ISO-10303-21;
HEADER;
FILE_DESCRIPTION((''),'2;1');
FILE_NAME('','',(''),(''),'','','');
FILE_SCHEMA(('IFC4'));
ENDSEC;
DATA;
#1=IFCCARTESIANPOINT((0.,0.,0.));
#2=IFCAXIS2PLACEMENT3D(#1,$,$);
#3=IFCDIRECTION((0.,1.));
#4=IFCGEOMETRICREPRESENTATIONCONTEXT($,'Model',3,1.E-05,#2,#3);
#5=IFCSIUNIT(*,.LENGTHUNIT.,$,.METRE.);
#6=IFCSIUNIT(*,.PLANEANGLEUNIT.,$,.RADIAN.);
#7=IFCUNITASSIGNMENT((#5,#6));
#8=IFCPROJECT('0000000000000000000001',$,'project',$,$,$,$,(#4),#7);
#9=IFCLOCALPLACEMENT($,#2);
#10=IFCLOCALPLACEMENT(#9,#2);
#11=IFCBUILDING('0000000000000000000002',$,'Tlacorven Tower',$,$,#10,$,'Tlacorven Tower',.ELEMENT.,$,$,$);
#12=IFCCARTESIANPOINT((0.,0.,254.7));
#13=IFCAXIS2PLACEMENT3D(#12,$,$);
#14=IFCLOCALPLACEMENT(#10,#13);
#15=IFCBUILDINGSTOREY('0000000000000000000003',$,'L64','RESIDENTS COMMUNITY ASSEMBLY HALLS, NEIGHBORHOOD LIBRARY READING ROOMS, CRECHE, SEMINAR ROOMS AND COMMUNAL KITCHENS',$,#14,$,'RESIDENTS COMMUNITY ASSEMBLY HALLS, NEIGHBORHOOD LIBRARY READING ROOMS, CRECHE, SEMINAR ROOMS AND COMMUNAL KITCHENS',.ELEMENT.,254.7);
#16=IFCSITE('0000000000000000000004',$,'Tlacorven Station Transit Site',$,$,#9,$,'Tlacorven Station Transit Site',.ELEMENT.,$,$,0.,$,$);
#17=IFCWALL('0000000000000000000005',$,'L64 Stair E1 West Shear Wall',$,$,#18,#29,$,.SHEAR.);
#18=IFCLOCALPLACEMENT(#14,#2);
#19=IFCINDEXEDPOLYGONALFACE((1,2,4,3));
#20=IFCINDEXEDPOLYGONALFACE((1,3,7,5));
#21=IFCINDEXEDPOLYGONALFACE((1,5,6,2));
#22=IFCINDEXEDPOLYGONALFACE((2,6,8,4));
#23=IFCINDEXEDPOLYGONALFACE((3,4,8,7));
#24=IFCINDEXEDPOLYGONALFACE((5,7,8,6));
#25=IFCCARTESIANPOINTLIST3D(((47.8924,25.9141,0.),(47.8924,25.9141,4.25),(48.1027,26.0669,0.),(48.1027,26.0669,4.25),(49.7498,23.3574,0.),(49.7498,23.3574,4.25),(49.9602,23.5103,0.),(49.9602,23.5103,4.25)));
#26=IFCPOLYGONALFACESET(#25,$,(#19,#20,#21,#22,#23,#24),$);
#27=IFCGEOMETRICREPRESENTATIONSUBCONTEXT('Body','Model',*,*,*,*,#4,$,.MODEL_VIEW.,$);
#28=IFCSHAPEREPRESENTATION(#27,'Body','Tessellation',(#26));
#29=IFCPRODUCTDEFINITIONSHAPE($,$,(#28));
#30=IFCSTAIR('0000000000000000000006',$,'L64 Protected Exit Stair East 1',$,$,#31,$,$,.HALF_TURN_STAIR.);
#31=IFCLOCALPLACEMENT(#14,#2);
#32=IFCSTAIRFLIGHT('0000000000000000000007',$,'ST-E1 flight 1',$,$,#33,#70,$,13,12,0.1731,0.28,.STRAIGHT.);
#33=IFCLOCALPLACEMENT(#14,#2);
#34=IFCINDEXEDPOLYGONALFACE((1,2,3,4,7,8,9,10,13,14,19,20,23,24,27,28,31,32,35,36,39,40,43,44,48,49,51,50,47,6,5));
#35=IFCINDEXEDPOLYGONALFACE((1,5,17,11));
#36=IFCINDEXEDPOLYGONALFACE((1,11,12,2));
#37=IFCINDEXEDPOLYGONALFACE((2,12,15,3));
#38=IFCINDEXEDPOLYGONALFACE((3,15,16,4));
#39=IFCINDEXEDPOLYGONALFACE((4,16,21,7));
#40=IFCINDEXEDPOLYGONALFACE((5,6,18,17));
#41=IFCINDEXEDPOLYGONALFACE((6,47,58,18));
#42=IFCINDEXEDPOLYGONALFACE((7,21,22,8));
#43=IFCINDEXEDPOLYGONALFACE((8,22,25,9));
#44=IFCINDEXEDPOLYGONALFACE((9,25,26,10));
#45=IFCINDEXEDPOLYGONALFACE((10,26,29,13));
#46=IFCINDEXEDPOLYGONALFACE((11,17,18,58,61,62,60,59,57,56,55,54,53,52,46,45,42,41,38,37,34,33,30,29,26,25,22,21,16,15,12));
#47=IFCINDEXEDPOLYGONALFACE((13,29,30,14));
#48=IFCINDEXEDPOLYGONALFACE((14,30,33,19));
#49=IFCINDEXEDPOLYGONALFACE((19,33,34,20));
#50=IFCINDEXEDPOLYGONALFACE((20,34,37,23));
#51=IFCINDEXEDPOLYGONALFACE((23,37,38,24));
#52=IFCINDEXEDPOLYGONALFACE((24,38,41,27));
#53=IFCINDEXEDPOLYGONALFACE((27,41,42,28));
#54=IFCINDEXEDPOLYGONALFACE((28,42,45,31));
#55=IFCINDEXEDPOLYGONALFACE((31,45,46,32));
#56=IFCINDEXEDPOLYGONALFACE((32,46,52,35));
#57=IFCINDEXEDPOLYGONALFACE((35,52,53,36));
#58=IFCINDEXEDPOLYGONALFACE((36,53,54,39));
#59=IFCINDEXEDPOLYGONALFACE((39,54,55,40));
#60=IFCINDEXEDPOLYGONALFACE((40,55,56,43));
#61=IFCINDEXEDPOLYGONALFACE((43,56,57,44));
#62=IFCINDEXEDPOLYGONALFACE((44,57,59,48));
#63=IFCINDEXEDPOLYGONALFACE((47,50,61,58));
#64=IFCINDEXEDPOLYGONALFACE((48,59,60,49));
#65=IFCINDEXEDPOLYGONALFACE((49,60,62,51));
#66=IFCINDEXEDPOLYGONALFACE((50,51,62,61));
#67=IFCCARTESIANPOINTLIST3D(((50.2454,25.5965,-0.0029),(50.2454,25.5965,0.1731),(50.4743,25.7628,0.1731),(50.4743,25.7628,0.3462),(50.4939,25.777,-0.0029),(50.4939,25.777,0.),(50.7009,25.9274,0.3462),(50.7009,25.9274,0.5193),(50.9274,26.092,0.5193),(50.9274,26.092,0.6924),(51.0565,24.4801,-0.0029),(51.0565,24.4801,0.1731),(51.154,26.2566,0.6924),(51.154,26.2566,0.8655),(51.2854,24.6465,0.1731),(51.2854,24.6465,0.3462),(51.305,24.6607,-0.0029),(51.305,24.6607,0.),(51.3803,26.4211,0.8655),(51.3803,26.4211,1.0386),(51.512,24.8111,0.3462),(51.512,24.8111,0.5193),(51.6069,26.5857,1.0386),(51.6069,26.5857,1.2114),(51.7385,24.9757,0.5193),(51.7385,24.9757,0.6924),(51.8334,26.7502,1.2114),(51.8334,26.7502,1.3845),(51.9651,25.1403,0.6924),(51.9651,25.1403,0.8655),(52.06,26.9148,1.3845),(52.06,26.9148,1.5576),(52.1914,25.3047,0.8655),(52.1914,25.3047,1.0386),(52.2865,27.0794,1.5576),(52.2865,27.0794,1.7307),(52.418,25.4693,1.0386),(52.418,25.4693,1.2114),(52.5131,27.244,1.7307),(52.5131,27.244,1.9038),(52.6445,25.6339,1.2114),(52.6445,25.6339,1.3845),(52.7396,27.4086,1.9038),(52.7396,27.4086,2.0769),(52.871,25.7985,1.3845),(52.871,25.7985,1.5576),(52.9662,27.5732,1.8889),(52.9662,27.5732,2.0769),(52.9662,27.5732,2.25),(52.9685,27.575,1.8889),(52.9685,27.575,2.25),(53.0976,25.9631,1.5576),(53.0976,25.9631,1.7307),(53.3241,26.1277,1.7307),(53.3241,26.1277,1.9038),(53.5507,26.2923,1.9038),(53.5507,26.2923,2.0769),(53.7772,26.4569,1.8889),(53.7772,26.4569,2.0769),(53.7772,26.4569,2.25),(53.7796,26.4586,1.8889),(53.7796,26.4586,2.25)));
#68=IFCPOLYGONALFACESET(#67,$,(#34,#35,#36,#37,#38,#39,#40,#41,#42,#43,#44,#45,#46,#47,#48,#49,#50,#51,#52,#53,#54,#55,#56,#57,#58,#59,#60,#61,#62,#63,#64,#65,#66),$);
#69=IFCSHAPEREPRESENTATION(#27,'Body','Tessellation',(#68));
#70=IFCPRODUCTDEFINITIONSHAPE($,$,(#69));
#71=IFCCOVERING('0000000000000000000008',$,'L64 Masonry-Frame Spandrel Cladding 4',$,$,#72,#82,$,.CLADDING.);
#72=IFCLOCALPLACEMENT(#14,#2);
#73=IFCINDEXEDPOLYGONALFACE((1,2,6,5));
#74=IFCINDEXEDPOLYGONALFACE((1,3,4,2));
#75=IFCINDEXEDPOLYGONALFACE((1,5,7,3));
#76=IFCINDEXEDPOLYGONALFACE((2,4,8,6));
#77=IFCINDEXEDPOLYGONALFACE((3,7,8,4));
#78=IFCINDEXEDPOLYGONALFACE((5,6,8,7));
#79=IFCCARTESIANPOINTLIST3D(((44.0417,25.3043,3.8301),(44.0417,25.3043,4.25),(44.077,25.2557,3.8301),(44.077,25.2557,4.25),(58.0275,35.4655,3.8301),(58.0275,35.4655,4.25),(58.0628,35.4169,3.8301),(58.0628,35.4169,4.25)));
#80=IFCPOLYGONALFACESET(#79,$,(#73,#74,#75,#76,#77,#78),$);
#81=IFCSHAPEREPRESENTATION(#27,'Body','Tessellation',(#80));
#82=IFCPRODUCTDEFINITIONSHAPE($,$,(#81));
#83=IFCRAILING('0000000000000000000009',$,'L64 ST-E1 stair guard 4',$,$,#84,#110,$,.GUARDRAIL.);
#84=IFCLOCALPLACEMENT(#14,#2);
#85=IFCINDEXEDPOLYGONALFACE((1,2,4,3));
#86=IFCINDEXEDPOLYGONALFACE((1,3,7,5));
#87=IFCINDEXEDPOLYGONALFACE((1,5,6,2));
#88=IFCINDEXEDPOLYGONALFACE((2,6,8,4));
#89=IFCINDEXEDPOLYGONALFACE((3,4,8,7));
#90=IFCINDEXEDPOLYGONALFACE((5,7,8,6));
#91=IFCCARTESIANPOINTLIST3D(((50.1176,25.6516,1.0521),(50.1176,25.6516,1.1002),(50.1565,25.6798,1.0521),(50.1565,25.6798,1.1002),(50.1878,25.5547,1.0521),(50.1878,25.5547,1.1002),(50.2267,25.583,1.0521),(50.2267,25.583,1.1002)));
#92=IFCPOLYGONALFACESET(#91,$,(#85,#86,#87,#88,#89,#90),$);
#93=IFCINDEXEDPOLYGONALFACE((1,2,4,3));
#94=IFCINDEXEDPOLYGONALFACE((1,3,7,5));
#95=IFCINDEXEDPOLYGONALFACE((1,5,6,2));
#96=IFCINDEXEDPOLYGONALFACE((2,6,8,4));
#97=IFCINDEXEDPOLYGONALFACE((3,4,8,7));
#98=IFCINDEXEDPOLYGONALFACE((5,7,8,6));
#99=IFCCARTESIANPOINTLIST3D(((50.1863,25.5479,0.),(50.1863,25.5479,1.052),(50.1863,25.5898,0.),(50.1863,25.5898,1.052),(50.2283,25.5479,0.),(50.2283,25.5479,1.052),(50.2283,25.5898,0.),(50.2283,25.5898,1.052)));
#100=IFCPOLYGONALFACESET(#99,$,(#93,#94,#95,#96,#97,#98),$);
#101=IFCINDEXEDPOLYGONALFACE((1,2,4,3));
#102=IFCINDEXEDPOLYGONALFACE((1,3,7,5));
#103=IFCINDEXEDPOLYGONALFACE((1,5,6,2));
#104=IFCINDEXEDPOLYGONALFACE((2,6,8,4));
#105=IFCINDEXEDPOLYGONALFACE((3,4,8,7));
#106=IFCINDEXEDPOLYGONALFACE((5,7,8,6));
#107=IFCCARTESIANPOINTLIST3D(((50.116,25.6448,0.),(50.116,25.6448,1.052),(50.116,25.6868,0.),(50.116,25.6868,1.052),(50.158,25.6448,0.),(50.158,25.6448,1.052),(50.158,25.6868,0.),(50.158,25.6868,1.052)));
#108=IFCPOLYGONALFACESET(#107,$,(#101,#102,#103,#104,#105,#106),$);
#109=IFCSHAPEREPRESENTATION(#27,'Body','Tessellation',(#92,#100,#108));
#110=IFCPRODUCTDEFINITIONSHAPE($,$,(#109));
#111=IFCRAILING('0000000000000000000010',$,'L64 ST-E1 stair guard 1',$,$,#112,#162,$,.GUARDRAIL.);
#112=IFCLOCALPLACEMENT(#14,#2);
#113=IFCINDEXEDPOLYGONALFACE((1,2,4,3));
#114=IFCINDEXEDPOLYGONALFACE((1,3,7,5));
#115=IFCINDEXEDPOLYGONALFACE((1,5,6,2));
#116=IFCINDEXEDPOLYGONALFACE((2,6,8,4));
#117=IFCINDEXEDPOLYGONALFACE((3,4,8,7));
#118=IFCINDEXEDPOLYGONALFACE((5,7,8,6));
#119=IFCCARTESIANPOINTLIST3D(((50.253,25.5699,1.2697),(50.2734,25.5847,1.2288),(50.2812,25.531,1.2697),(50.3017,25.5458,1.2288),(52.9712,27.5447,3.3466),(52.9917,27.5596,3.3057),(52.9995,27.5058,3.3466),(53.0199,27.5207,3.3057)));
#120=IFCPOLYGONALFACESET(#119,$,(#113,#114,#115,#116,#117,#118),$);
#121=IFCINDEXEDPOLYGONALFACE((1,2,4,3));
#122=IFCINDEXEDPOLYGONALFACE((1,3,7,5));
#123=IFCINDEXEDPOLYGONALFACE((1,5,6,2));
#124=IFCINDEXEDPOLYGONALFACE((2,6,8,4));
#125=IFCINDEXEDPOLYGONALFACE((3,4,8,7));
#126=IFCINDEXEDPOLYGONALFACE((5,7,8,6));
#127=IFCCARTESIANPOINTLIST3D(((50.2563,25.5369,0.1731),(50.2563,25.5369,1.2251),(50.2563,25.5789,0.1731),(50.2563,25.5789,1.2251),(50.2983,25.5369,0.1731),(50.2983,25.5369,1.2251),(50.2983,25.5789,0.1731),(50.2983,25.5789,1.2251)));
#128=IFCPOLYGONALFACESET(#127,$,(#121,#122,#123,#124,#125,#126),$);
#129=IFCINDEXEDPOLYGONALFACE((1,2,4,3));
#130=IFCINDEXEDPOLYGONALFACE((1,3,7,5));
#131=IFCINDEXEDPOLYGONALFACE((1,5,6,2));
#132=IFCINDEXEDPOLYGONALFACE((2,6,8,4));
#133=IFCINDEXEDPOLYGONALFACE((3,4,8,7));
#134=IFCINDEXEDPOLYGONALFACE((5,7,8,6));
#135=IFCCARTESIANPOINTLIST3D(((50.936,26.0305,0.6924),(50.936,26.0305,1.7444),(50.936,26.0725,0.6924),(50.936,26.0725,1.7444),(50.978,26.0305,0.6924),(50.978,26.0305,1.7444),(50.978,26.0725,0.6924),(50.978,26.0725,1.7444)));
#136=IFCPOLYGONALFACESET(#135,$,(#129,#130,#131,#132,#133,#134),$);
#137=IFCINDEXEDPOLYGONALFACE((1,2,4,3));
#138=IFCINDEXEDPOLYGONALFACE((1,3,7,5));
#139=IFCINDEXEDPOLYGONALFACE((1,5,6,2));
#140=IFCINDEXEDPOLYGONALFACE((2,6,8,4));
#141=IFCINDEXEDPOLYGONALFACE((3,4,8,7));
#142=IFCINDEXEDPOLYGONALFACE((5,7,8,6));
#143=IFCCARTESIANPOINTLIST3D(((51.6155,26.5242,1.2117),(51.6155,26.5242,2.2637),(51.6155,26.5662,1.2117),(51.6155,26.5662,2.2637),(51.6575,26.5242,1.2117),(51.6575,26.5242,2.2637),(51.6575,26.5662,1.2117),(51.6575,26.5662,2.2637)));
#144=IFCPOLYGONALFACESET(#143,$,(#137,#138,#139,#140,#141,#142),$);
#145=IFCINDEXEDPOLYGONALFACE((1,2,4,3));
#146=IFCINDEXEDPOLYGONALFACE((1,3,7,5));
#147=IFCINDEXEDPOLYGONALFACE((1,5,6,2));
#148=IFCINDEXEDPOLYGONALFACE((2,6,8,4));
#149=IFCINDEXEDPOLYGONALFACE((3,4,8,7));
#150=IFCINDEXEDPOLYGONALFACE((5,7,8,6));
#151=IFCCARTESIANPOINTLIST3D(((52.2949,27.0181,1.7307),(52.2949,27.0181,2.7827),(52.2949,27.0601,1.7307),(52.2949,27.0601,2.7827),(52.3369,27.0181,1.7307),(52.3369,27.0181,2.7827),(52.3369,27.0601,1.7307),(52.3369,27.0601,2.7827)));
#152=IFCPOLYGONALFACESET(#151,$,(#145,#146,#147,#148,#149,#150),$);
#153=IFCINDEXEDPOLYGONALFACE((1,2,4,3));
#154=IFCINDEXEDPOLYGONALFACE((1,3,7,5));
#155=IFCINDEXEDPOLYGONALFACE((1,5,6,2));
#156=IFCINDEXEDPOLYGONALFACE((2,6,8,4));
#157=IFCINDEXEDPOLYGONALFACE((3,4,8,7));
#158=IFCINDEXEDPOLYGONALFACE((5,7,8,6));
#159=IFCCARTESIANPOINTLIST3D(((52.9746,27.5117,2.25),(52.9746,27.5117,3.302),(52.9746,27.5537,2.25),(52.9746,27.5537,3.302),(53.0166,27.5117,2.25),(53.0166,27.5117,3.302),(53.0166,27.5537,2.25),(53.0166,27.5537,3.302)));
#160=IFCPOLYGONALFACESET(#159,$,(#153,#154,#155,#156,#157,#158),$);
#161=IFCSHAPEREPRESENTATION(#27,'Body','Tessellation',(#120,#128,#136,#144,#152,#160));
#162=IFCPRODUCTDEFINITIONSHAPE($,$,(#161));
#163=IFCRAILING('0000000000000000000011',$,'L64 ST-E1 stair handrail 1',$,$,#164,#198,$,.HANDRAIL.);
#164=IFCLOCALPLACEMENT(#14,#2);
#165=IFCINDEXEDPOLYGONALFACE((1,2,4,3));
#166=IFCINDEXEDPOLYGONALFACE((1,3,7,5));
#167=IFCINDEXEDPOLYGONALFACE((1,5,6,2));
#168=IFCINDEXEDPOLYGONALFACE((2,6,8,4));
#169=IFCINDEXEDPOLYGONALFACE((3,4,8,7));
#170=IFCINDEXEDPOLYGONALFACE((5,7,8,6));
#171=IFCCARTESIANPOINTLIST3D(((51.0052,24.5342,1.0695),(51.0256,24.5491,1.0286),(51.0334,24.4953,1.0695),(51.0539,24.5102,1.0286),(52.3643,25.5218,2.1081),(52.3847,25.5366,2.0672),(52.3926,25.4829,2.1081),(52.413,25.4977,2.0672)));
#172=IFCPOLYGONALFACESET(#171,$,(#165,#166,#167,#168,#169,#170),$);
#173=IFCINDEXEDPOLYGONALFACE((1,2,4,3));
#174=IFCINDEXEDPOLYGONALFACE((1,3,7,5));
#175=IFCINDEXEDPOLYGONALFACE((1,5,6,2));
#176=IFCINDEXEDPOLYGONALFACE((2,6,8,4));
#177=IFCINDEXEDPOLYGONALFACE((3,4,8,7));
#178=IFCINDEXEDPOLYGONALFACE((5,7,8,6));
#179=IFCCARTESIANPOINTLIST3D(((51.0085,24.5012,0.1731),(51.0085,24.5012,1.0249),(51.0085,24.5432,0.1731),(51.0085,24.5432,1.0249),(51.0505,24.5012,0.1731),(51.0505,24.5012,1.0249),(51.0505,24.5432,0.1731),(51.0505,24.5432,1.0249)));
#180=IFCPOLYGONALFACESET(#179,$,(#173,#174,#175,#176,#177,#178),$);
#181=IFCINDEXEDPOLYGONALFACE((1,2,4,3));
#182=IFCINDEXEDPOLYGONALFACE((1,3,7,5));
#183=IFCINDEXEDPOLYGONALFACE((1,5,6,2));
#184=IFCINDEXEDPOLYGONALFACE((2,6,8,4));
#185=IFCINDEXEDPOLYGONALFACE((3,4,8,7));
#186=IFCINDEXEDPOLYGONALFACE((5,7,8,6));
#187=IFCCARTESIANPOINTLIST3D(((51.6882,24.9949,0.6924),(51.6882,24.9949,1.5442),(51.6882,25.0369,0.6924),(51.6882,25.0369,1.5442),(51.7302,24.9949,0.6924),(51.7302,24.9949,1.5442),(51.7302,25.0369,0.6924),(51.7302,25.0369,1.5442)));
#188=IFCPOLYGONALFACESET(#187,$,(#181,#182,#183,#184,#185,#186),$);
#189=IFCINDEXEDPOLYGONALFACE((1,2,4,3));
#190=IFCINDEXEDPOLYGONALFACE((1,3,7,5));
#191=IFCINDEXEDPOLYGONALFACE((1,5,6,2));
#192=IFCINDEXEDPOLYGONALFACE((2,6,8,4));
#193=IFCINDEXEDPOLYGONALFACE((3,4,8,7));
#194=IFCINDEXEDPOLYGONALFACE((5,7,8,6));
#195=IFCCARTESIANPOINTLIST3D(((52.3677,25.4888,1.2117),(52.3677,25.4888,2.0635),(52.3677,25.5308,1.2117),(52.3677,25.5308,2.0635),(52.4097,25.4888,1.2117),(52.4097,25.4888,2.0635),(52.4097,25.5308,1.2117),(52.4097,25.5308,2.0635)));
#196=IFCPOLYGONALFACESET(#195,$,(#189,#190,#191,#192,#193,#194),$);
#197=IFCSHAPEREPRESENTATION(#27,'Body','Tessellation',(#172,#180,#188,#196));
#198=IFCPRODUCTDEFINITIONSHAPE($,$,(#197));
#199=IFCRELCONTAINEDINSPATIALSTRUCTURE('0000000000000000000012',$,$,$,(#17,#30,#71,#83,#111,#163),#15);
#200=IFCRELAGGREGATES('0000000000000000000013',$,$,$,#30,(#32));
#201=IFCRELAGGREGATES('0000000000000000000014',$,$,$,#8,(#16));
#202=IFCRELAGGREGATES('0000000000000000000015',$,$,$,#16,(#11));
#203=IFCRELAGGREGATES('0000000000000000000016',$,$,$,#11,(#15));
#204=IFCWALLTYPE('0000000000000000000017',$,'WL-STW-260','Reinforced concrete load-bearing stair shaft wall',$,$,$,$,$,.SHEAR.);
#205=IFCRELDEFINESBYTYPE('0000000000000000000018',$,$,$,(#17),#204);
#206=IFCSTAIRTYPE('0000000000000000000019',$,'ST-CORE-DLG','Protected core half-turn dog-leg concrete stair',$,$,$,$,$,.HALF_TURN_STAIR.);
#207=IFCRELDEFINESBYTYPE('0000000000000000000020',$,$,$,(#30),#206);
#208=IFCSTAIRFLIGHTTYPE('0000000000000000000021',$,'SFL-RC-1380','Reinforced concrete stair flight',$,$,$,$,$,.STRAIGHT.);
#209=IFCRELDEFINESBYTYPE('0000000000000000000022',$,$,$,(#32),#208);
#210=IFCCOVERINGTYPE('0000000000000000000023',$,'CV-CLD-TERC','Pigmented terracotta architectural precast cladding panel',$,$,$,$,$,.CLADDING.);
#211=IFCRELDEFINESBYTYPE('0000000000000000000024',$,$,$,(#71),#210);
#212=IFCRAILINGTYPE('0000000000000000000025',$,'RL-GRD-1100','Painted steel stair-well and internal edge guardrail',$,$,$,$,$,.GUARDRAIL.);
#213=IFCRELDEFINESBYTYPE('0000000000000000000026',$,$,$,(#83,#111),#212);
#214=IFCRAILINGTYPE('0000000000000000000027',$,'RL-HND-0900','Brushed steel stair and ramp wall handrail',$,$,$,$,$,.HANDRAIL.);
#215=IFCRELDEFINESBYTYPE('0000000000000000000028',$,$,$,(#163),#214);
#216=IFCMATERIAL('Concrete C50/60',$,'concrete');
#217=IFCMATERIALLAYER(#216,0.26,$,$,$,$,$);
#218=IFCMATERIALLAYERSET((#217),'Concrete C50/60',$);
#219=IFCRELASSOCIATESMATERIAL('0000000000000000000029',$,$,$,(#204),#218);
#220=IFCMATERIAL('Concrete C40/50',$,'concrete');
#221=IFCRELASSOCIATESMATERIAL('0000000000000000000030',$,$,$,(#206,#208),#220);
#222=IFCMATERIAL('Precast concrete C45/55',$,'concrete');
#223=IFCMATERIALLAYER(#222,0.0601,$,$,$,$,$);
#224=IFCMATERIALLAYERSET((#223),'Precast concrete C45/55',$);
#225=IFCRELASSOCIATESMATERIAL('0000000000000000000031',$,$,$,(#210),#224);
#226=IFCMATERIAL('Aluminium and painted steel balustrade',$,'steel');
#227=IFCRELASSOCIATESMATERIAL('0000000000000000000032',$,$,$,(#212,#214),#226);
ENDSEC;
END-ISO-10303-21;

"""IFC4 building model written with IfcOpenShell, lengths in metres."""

from ifc_helpers import new_model, si_unit, direction, frame, frame_2d, origin, origin_2d, place, context, subcontext, project, spatial, polyline, rectangle, outline, extrude, source, transform, mapped, material, layer, layer_set, type_object, element, aggregate, save


model = new_model("IFC4")

# Units and contexts
model_context = context("Model", 3, precision=1e-05, world=origin(), true_north=direction((0.0, 1.0)))
body_context = subcontext(model_context, "Body", "Model", "MODEL_VIEW")
ifc_project = project(units=[si_unit("LENGTHUNIT", "METRE"), si_unit("PLANEANGLEUNIT", "RADIAN")], contexts=[model_context])

# Site, building, storey
site_placement = place(None, origin())
site = spatial("IfcSite", under=ifc_project, at=site_placement, Name="Tlacorven Station Transit Site", LongName="Tlacorven Station Transit Site", CompositionType="ELEMENT", RefElevation=0.0)
building_placement = place(site_placement, origin())
building = spatial("IfcBuilding", under=site, at=building_placement, Name="Tlacorven Tower", LongName="Tlacorven Tower", CompositionType="ELEMENT")
storey_placement = place(building_placement, frame((0.0, 0.0, 254.7)))
storey = spatial("IfcBuildingStorey", under=building, at=storey_placement, Name="L64", Description="RESIDENTS COMMUNITY ASSEMBLY HALLS, NEIGHBORHOOD LIBRARY READING ROOMS, CRECHE, SEMINAR ROOMS AND COMMUNAL KITCHENS", LongName="RESIDENTS COMMUNITY ASSEMBLY HALLS, NEIGHBORHOOD LIBRARY READING ROOMS, CRECHE, SEMINAR ROOMS AND COMMUNAL KITCHENS", CompositionType="ELEMENT", Elevation=254.7)

# Shared definitions
ifc_material_1 = material(Name="Concrete C50/60", Category="concrete")

# Shared definitions
ifc_material_2 = material(Name="Precast concrete C45/55", Category="concrete")

# Shared definitions
ifc_material_3 = material(Name="Concrete C40/50", Category="concrete")

# Shared definitions
ifc_layer_1 = layer(ifc_material_1, 0.26)
ifc_layer_set_1 = layer_set([ifc_layer_1], Name="Concrete C50/60")
wall_type_1 = type_object("IfcWallType", Name="WL-STW-260", Description="Reinforced concrete load-bearing stair shaft wall", PredefinedType="SHEAR", material=ifc_layer_set_1)

# Wall
wall_1_placement = place(storey_placement, frame((49.855, 23.4338, 0.0), z_axis=(0.0, 0.0, 1.0), x_axis=(-0.587767, 0.80903, 0.0)))
element("IfcWall", 1, at=wall_1_placement, inside=storey, type_object=wall_type_1, Name="L64 Stair E1 West Shear Wall", PredefinedType="SHEAR", context=body_context, shape_type="SweptSolid", body=[
    extrude(rectangle(XDim=3.1602, YDim=0.26, at=frame_2d((1.5801, 0.0))), origin(), (0.0, 0.0, 1.0), 4.25),
])

# Stair, stair flight
stair_type = type_object("IfcStairType", Name="ST-CORE-DLG", Description="Protected core half-turn dog-leg concrete stair", PredefinedType="HALF_TURN_STAIR", material=ifc_material_3)
stair_placement = place(storey_placement, origin())
stair = element("IfcStair", 2, at=stair_placement, inside=storey, type_object=stair_type, Name="L64 Protected Exit Stair East 1", PredefinedType="HALF_TURN_STAIR")
stair_flight_type = type_object("IfcStairFlightType", Name="SFL-RC-1380", Description="Reinforced concrete stair flight", PredefinedType="STRAIGHT", material=ifc_material_3)
shared_shape_1 = source(origin(), body_context, "Body", "SweptSolid", [
    extrude(outline(polyline([(-0.0029, -0.0029), (-0.0029, 0.1731), (0.28, 0.1731), (0.28, 0.3462), (0.5601, 0.3462), (0.5601, 0.5193), (0.8401, 0.5193), (0.8401, 0.6924), (1.1201, 0.6924), (1.1201, 0.8655), (1.3999, 0.8655), (1.3999, 1.0386), (1.6799, 1.0386), (1.6799, 1.2114), (1.96, 1.2114), (1.96, 1.3845), (2.24, 1.3845), (2.24, 1.5576), (2.52, 1.5576), (2.52, 1.7307), (2.8, 1.7307), (2.8, 1.9038), (3.0801, 1.9038), (3.0801, 2.0769), (3.3601, 2.0769), (3.3601, 2.25), (3.363, 2.25), (3.363, 1.8889), (3.3601, 1.8889), (0.3042, 0.0), (0.3042, -0.0029), (-0.0029, -0.0029)])), frame((0.0, 0.6899, 0.0), z_axis=(0.0, -1.0, 0.0), x_axis=(1.0, 0.0, 0.0)), (0.0, 0.0, 1.0), 1.3799),
])
stair_flight_placement = place(storey_placement, frame((50.6533, 25.04, 0.0), z_axis=(0.0, 0.0, 1.0), x_axis=(0.809017, 0.587785, 0.0)))
stair_flight = element("IfcStairFlight", 3, at=stair_flight_placement, type_object=stair_flight_type, Name="ST-E1 flight 1", NumberOfRisers=13, NumberOfTreads=12, PredefinedType="STRAIGHT", RiserHeight=0.1731, TreadLength=0.28, context=body_context, shape_type="MappedRepresentation", body=[
    mapped(shared_shape_1, transform((0.0, 0.0, 0.0), scale=1.0)),
])
aggregate(stair, [stair_flight])

# Covering
ifc_layer_2 = layer(ifc_material_2, 0.0601)
ifc_layer_set_2 = layer_set([ifc_layer_2], Name="Precast concrete C45/55")
covering_type = type_object("IfcCoveringType", Name="CV-CLD-TERC", Description="Pigmented terracotta architectural precast cladding panel", PredefinedType="CLADDING", material=ifc_layer_set_2)
shared_shape_2 = source(origin(), body_context, "Body", "SweptSolid", [
    extrude(rectangle(XDim=17.2874, YDim=0.0601, at=origin_2d()), origin(), (0.0, 0.0, 1.0), 0.4199),
])
covering_placement = place(storey_placement, frame((51.0522, 30.3606, 3.8301), z_axis=(0.0, 0.0, 1.0), x_axis=(0.809017, 0.587785, 0.0)))
element("IfcCovering", 4, at=covering_placement, inside=storey, type_object=covering_type, Name="L64 Masonry-Frame Spandrel Cladding 4", PredefinedType="CLADDING", context=body_context, shape_type="MappedRepresentation", body=[
    mapped(shared_shape_2, transform((0.0, 0.0, 0.0), scale=1.0)),
])

# Railings
ifc_material_4 = material(Name="Aluminium and painted steel balustrade", Category="steel")
railing_type_1 = type_object("IfcRailingType", Name="RL-GRD-1100", Description="Painted steel stair-well and internal edge guardrail", PredefinedType="GUARDRAIL", material=ifc_material_4)
shared_shape_3 = source(origin(), body_context, "Body", "SweptSolid", [
    extrude(rectangle(XDim=0.0481, YDim=0.0481, at=origin_2d()), frame((0.0, 0.0, 1.0762), z_axis=(-0.587201, 0.809441, 0.0), x_axis=(-0.809441, -0.587201, 0.0)), (0.0, 0.0, 1.0), 0.1196),
    extrude(rectangle(XDim=0.042, YDim=0.042, at=origin_2d()), origin(), (0.0, 0.0, 1.0), 1.052),
    extrude(rectangle(XDim=0.042, YDim=0.042, at=origin_2d()), frame((-0.0703, 0.0969, 0.0)), (0.0, 0.0, 1.0), 1.052),
])
railing_1_placement = place(storey_placement, frame((50.2073, 25.5688, 0.0)))
element("IfcRailing", 5, at=railing_1_placement, inside=storey, type_object=railing_type_1, Name="L64 ST-E1 stair guard 4", PredefinedType="GUARDRAIL", context=body_context, shape_type="MappedRepresentation", body=[
    mapped(shared_shape_3, transform((0.0, 0.0, 0.0), scale=1.0)),
])
shared_shape_4 = source(origin(), body_context, "Body", "SweptSolid", [
    extrude(rectangle(XDim=0.0481, YDim=0.0481, at=origin_2d()), frame((0.0, 0.0, 1.0762), z_axis=(0.688167, 0.499963, 0.525798), x_axis=(-0.58777, 0.809028, 0.0)), (0.0, 0.0, 1.0), 3.95),
    extrude(rectangle(XDim=0.042, YDim=0.042, at=origin_2d()), origin(), (0.0, 0.0, 1.0), 1.052),
    extrude(rectangle(XDim=0.042, YDim=0.042, at=origin_2d()), frame((0.6797, 0.4937, 0.5193)), (0.0, 0.0, 1.0), 1.052),
    extrude(rectangle(XDim=0.042, YDim=0.042, at=origin_2d()), frame((1.3591, 0.9873, 1.0386)), (0.0, 0.0, 1.0), 1.052),
    extrude(rectangle(XDim=0.042, YDim=0.042, at=origin_2d()), frame((2.0386, 1.4812, 1.5576)), (0.0, 0.0, 1.0), 1.052),
    extrude(rectangle(XDim=0.042, YDim=0.042, at=origin_2d()), frame((2.7183, 1.9749, 2.0769)), (0.0, 0.0, 1.0), 1.052),
])
railing_2_placement = place(storey_placement, frame((50.2773, 25.5579, 0.1731)))
element("IfcRailing", 6, at=railing_2_placement, inside=storey, type_object=railing_type_1, Name="L64 ST-E1 stair guard 1", PredefinedType="GUARDRAIL", context=body_context, shape_type="MappedRepresentation", body=[
    mapped(shared_shape_4, transform((0.0, 0.0, 0.0), scale=1.0)),
])
railing_type_2 = type_object("IfcRailingType", Name="RL-HND-0900", Description="Brushed steel stair and ramp wall handrail", PredefinedType="HANDRAIL", material=ifc_material_4)
shared_shape_5 = source(origin(), body_context, "Body", "SweptSolid", [
    extrude(rectangle(XDim=0.0481, YDim=0.0481, at=origin_2d()), frame((0.0, 0.0, 0.876), z_axis=(0.688123, 0.499993, 0.525827), x_axis=(-0.587817, 0.808994, 0.0)), (0.0, 0.0, 1.0), 1.9751),
    extrude(rectangle(XDim=0.042, YDim=0.042, at=origin_2d()), origin(), (0.0, 0.0, 1.0), 0.8518),
    extrude(rectangle(XDim=0.042, YDim=0.042, at=origin_2d()), frame((0.6797, 0.4937, 0.5193)), (0.0, 0.0, 1.0), 0.8518),
    extrude(rectangle(XDim=0.042, YDim=0.042, at=origin_2d()), frame((1.3591, 0.9875, 1.0386)), (0.0, 0.0, 1.0), 0.8518),
])
railing_3_placement = place(storey_placement, frame((51.0295, 24.5222, 0.1731)))
element("IfcRailing", 7, at=railing_3_placement, inside=storey, type_object=railing_type_2, Name="L64 ST-E1 stair handrail 1", PredefinedType="HANDRAIL", context=body_context, shape_type="MappedRepresentation", body=[
    mapped(shared_shape_5, transform((0.0, 0.0, 0.0), scale=1.0)),
])

save(model, "model.ifc")
